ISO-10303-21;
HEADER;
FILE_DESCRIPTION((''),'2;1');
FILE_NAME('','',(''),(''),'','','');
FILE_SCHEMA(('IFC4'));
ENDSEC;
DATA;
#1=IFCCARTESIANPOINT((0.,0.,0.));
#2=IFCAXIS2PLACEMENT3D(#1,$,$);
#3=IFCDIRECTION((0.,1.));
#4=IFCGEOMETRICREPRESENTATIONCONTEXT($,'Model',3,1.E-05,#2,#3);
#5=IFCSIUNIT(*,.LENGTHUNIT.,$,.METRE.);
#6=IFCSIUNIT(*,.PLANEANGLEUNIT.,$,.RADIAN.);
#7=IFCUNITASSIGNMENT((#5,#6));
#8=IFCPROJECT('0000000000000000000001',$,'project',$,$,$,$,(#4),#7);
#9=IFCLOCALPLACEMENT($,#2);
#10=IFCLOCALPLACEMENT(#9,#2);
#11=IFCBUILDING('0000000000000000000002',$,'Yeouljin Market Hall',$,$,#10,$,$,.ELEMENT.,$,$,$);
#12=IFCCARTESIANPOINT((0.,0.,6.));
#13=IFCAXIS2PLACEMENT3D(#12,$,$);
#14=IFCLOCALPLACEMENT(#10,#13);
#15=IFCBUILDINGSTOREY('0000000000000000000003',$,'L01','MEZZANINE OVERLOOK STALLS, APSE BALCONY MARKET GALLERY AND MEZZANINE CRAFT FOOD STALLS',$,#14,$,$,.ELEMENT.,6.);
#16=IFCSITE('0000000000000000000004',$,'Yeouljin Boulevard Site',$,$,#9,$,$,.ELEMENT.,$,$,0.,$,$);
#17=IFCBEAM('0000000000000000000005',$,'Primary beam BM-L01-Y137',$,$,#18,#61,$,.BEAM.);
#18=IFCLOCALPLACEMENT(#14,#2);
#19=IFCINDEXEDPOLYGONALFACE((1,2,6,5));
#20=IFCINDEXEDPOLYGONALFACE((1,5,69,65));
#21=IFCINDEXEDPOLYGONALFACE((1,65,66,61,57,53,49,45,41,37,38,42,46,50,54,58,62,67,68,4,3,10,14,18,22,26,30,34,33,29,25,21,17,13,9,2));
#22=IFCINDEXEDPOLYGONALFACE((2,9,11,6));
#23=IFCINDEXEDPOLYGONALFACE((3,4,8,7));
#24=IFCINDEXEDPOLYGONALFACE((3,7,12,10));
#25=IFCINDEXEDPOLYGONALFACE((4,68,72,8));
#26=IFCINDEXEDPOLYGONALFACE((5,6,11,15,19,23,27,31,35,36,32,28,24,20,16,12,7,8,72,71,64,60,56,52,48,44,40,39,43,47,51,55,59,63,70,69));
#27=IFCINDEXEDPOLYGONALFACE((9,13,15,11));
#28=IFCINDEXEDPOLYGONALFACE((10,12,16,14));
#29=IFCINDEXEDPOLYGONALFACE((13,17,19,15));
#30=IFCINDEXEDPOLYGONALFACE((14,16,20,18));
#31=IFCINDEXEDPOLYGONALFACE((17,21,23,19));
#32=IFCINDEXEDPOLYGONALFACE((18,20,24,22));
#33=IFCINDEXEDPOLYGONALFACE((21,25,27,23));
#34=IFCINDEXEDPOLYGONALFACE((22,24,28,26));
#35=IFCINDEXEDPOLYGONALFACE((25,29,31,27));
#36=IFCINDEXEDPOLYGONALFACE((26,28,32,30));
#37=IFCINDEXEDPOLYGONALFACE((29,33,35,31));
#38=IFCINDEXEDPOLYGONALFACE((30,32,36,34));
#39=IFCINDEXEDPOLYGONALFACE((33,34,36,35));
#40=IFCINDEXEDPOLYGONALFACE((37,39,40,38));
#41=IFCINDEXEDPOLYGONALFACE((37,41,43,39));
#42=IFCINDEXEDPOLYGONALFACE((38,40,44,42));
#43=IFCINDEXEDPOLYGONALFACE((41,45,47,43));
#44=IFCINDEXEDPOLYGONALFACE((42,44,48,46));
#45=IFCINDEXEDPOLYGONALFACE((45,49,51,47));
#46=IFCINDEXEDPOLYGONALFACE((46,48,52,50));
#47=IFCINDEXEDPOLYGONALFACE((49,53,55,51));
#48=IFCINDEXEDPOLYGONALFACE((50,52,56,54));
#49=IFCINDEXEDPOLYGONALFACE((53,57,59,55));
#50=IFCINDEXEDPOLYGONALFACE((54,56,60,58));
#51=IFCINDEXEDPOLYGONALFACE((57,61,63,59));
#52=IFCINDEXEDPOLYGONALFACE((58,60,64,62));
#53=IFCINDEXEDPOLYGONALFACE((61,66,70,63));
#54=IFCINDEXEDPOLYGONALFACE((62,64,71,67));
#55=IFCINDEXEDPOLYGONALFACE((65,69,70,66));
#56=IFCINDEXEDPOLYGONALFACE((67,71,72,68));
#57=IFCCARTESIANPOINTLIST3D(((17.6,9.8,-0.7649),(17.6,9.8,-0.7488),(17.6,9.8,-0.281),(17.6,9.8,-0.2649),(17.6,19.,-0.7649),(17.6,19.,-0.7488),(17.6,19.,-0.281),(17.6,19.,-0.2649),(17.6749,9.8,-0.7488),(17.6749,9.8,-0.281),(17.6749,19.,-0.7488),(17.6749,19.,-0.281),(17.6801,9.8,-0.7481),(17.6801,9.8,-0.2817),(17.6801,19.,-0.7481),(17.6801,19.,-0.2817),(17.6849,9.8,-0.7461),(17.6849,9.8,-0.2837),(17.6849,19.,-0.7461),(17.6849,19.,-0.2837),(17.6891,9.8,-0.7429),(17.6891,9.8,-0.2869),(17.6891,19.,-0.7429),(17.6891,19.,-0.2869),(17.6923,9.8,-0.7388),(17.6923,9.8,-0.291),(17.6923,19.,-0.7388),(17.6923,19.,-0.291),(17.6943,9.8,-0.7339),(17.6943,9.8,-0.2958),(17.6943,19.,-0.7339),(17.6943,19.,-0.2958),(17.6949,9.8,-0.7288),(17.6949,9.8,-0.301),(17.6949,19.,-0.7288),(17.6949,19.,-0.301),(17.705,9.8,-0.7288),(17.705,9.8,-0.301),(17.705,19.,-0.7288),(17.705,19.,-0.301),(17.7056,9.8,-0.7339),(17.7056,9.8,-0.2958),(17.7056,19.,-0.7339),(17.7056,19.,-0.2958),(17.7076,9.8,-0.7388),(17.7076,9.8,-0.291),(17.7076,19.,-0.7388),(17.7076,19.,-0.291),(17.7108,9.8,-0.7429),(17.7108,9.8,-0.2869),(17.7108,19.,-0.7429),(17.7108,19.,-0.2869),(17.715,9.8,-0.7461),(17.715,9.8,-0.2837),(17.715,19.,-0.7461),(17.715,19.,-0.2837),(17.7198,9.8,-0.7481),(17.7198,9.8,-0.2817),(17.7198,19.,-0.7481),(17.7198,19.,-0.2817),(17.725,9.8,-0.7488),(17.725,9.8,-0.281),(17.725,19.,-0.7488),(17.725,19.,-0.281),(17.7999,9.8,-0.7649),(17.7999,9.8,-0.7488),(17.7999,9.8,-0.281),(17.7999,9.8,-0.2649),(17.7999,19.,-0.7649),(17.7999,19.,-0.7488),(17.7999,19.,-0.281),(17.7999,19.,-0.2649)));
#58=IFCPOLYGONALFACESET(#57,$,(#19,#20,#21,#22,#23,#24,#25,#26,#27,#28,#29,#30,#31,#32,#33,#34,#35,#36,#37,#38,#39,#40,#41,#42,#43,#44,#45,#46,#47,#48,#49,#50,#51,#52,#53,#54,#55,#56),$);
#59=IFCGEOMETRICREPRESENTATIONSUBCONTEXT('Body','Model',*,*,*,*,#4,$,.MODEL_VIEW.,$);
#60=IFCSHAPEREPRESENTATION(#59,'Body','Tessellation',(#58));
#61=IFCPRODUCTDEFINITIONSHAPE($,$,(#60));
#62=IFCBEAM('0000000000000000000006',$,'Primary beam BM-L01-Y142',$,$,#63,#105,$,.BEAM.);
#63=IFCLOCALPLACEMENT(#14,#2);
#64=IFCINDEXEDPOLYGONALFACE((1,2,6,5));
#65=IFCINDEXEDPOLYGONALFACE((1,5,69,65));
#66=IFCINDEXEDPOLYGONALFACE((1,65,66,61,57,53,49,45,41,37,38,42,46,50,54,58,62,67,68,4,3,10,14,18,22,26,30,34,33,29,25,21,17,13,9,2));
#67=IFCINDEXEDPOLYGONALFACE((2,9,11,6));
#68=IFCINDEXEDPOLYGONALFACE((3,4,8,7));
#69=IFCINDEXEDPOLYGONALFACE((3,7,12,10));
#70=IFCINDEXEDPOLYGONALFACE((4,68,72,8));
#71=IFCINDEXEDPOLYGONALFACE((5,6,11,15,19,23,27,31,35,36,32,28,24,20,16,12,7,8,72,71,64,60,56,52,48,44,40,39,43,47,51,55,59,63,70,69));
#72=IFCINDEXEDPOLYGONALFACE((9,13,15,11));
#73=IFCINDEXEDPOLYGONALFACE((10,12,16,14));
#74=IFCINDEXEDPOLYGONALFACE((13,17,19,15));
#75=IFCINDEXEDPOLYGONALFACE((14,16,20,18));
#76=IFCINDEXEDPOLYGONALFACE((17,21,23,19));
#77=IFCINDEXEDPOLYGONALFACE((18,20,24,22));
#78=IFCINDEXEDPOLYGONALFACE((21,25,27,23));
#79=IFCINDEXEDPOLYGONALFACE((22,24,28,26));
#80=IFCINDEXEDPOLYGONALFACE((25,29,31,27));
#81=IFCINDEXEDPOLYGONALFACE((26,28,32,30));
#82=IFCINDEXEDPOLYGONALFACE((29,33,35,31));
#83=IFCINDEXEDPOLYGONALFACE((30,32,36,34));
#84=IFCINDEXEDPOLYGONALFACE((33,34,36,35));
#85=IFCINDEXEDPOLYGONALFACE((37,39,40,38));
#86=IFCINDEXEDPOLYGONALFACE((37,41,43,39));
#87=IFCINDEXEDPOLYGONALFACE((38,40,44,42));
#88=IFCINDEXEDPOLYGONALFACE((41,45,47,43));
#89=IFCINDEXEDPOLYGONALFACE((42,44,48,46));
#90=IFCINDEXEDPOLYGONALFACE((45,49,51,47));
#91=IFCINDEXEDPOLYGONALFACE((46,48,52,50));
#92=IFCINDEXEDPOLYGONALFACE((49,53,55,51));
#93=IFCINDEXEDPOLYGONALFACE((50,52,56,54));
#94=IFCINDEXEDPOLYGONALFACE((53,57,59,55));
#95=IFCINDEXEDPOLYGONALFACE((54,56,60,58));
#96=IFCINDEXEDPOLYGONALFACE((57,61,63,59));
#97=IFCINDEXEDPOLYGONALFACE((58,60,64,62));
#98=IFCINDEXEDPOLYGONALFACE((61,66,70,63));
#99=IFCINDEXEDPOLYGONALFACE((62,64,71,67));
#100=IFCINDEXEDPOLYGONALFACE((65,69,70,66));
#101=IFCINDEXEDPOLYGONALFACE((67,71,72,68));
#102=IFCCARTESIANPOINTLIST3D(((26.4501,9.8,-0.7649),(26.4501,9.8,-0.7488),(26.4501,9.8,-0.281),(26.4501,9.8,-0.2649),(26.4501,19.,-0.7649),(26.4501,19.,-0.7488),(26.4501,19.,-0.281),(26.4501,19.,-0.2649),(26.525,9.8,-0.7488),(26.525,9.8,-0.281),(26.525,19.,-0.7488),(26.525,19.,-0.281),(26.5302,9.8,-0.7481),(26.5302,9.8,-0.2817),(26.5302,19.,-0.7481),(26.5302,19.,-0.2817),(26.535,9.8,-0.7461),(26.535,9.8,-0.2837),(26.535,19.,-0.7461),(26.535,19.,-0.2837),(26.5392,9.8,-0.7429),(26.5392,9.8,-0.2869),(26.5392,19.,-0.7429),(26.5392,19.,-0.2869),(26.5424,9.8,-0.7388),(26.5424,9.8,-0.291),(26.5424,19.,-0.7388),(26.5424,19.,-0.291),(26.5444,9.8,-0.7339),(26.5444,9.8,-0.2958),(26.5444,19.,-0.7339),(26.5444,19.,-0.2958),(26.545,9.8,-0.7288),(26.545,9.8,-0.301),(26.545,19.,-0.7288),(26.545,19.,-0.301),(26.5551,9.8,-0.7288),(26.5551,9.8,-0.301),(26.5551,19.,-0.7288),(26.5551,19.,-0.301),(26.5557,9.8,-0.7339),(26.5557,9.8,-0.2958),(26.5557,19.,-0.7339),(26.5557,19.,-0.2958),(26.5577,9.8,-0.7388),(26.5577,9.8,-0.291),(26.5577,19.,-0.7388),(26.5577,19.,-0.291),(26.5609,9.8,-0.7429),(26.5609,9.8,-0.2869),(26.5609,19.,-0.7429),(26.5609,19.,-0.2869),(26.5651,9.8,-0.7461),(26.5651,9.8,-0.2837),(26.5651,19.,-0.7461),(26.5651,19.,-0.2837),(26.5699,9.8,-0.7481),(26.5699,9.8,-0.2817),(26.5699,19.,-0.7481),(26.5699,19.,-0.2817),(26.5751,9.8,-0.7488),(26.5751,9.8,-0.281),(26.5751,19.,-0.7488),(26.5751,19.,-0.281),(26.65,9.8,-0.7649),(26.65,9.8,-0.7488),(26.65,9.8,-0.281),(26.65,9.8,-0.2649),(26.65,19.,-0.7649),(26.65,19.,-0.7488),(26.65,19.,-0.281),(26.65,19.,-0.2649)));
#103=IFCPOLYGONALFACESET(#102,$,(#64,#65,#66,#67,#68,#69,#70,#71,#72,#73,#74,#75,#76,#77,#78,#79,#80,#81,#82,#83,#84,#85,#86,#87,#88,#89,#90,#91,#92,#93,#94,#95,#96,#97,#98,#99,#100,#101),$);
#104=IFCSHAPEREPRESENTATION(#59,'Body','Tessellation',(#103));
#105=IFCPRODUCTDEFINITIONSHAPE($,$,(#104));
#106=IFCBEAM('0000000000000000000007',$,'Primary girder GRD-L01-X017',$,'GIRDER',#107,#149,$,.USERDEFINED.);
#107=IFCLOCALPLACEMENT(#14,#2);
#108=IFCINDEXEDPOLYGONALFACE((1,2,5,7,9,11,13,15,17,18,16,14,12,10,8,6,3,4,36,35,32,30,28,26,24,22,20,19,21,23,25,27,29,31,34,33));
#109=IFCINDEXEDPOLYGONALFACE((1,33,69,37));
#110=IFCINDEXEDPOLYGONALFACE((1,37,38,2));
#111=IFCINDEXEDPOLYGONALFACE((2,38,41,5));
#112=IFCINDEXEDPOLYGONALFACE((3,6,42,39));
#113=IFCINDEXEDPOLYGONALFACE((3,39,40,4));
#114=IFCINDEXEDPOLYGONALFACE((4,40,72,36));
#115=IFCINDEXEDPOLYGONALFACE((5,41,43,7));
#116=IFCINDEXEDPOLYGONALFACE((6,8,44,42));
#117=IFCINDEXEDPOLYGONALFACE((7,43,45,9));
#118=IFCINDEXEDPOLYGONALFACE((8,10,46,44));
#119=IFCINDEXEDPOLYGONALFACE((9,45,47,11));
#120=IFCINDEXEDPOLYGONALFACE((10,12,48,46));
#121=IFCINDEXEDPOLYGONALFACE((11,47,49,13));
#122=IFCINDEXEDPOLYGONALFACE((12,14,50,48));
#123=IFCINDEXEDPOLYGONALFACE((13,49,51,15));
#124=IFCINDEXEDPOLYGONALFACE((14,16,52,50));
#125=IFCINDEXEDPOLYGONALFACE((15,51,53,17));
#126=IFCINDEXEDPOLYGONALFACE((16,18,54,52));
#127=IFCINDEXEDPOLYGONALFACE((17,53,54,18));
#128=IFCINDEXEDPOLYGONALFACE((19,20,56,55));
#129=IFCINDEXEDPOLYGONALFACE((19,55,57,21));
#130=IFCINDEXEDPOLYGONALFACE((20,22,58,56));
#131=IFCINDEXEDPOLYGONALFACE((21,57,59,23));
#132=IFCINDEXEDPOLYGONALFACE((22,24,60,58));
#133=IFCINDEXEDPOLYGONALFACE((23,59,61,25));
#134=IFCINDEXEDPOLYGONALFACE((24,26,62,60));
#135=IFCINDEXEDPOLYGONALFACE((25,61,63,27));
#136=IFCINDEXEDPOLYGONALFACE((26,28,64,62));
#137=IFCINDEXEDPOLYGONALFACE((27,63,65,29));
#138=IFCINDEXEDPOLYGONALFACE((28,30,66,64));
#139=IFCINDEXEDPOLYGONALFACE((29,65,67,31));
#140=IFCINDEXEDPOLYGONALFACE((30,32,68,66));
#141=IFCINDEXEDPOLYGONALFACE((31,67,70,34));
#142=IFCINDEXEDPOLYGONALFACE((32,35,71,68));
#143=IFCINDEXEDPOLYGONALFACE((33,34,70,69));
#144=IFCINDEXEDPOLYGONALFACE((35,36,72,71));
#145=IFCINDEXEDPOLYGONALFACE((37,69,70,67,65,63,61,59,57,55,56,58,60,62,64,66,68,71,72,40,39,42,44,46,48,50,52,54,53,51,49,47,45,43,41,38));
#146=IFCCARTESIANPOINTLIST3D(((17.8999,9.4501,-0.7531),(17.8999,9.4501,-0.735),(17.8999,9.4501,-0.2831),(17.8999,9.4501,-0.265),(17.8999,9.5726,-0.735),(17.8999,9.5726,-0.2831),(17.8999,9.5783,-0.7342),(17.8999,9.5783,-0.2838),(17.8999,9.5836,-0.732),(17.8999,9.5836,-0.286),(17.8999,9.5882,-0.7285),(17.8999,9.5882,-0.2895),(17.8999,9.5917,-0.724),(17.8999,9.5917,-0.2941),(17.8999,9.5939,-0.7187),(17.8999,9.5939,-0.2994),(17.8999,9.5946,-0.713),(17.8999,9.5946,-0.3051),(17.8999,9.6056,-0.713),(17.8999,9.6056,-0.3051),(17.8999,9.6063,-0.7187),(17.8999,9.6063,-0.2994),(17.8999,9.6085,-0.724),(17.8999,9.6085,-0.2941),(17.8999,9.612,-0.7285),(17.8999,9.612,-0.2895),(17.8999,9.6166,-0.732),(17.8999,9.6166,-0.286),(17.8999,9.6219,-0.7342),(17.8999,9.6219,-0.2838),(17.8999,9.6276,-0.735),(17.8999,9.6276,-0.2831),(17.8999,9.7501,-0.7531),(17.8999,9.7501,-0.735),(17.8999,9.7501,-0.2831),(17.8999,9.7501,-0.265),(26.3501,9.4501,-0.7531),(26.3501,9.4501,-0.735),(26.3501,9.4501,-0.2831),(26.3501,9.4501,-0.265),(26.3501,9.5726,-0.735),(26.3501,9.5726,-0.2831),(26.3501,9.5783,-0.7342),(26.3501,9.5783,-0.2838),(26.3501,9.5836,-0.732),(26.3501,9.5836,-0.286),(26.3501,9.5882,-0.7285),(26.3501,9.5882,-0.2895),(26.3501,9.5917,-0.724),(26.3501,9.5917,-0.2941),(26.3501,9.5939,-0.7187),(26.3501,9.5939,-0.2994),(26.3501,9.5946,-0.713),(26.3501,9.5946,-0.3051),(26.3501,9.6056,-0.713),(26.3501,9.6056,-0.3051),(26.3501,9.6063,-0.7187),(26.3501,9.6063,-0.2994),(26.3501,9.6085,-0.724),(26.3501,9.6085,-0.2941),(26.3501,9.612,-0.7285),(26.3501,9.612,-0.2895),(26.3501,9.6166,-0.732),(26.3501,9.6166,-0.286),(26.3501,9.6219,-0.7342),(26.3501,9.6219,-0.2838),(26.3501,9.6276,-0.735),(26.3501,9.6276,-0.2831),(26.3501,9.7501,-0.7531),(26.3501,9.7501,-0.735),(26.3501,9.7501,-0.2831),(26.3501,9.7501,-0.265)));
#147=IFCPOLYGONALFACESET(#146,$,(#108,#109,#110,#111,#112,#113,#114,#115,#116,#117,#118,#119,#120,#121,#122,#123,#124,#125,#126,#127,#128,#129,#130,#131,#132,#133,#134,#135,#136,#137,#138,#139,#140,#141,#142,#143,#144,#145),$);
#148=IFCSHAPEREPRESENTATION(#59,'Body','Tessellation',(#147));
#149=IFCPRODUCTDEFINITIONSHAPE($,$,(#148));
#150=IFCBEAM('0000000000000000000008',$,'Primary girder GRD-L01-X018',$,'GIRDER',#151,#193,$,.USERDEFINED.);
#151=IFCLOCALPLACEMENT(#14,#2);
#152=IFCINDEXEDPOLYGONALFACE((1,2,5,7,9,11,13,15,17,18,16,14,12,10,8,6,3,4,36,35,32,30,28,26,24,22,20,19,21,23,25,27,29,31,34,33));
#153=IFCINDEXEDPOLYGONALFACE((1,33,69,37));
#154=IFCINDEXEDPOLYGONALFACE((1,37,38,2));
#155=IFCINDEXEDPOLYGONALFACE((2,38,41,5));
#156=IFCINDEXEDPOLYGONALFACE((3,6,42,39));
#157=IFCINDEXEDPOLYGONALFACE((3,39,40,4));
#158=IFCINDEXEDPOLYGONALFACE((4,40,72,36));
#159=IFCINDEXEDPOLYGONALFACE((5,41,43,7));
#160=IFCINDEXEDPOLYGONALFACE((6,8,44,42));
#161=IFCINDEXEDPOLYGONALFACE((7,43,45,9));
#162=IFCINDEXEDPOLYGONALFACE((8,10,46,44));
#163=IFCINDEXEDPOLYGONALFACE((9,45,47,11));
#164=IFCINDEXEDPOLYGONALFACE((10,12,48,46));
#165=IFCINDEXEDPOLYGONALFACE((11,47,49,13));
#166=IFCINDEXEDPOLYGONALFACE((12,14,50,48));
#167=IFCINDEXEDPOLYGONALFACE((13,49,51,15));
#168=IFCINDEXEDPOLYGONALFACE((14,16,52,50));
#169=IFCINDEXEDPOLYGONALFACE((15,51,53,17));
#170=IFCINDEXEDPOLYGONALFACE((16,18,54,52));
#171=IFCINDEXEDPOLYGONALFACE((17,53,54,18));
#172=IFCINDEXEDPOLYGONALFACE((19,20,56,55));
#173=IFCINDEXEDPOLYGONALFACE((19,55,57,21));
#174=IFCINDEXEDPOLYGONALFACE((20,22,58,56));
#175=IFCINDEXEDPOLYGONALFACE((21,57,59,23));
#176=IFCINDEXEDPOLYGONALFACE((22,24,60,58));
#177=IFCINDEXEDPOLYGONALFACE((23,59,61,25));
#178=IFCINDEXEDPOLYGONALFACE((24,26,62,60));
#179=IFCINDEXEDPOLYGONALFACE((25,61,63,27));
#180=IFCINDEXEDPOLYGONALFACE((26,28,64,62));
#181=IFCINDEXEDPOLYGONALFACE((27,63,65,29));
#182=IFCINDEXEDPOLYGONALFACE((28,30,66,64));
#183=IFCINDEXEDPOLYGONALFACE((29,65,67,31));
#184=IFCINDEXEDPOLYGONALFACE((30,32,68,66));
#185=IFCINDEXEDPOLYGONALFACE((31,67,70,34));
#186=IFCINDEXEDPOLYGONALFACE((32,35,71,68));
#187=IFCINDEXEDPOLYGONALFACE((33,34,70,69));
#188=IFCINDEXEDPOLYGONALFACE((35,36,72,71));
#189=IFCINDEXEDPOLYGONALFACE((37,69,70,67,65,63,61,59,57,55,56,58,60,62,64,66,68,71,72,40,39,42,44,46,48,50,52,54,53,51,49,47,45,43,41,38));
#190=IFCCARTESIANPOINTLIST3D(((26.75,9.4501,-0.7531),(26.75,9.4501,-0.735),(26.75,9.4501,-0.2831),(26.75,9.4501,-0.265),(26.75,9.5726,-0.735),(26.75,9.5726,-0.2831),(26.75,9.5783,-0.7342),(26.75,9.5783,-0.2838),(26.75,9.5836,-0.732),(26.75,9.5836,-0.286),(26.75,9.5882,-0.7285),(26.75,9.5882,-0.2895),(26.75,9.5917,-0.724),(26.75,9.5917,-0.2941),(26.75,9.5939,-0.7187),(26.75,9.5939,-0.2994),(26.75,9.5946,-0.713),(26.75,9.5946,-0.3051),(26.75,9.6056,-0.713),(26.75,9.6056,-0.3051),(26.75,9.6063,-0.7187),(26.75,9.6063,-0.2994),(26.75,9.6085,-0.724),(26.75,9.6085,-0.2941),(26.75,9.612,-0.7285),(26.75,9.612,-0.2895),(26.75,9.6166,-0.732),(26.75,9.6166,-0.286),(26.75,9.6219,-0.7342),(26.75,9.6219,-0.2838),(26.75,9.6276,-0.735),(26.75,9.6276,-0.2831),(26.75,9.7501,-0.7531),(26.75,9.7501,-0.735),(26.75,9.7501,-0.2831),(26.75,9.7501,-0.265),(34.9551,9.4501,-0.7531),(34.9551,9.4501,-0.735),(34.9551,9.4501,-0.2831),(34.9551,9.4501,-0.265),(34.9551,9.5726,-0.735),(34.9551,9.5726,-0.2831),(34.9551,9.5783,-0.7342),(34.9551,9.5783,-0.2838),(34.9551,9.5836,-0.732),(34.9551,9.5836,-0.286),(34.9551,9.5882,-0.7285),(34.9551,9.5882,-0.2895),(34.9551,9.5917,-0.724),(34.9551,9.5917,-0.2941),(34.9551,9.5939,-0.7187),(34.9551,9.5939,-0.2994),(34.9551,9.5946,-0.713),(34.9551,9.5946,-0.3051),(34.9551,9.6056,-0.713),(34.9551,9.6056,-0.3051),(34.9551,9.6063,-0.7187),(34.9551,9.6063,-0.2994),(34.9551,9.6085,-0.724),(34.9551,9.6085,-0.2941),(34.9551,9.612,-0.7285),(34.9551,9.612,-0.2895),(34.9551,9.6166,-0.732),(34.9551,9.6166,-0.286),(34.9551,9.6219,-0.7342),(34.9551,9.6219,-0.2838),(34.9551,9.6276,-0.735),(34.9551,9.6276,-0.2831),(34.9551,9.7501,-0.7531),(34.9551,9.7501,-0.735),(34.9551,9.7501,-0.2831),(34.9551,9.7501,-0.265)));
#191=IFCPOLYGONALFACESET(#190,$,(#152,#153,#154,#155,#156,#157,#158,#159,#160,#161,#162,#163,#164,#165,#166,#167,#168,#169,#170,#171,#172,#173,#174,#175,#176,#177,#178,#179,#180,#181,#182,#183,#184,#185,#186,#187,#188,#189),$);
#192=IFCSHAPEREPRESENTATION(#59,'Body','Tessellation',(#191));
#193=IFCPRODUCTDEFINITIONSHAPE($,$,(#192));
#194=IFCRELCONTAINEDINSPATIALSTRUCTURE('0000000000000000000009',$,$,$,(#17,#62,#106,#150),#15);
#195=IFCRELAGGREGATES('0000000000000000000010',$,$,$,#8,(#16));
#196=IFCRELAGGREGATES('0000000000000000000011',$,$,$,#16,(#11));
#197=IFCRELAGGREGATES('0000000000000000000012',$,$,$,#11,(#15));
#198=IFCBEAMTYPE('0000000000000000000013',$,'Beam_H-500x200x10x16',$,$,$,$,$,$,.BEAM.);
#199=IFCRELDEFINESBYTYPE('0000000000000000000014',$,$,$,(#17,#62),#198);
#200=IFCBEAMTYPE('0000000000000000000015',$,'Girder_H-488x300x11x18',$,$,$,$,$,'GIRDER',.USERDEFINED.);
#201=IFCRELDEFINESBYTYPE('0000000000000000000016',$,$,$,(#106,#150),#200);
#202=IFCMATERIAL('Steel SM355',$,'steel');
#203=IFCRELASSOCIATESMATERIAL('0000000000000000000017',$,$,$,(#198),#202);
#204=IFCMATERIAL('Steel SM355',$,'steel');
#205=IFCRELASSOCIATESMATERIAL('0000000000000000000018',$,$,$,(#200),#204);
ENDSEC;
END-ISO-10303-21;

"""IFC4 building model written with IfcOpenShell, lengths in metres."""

from ifc_helpers import new_model, si_unit, direction, frame, origin, origin_2d, place, context, subcontext, project, spatial, i_section, extrude, material, material_profile, profile_set, type_object, element, save


model = new_model("IFC4")

# Units and contexts
model_context = context("Model", 3, precision=1e-05, world=origin(), true_north=direction((0.0, 1.0)))
body_context = subcontext(model_context, "Body", "Model", "MODEL_VIEW")
ifc_project = project(units=[si_unit("LENGTHUNIT", "METRE"), si_unit("PLANEANGLEUNIT", "RADIAN")], contexts=[model_context])

# Site, building, storey
site_placement = place(None, origin())
site = spatial("IfcSite", under=ifc_project, at=site_placement, Name="Yeouljin Boulevard Site", CompositionType="ELEMENT", RefElevation=0.0)
building_placement = place(site_placement, origin())
building = spatial("IfcBuilding", under=site, at=building_placement, Name="Yeouljin Market Hall", CompositionType="ELEMENT")
storey_placement = place(building_placement, frame((0.0, 0.0, 6.0)))
storey = spatial("IfcBuildingStorey", under=building, at=storey_placement, Name="L01", Description="MEZZANINE OVERLOOK STALLS, APSE BALCONY MARKET GALLERY AND MEZZANINE CRAFT FOOD STALLS", CompositionType="ELEMENT", Elevation=6.0)

# Beams
ifc_material_1 = material(Name="Steel SM355", Category="steel")
ifc_material_profile_1 = material_profile(ifc_material_1, i_section(OverallWidth=0.2, OverallDepth=0.5, WebThickness=0.01, FlangeThickness=0.0161, FilletRadius=0.02, at=origin_2d()), Name="H-500x200x10x16")
ifc_profile_set_1 = profile_set([ifc_material_profile_1], Name="Steel SM355")
beam_type_1 = type_object("IfcBeamType", Name="Beam_H-500x200x10x16", PredefinedType="BEAM", material=ifc_profile_set_1)
for number, where, z_axis, x_axis, name in (
    (1, (17.7, 9.8, -0.5149), (0.0, 1.0, 0.0), (-1.0, 0.0, 0.0), "Primary beam BM-L01-Y137"),
    (2, (26.55, 9.8, -0.5149), (0.0, 1.0, 0.0), (-1.0, 0.0, 0.0), "Primary beam BM-L01-Y142"),
):
    element("IfcBeam", number, at=place(storey_placement, frame(where, z_axis=z_axis, x_axis=x_axis)), inside=storey, type_object=beam_type_1, Name=name, PredefinedType="BEAM", context=body_context, shape_type="SweptSolid", body=[
        extrude(i_section(OverallWidth=0.2, OverallDepth=0.5, WebThickness=0.01, FlangeThickness=0.0161, FilletRadius=0.02, at=origin_2d()), origin(), (0.0, 0.0, 1.0), 9.2),
    ])
ifc_material_2 = material(Name="Steel SM355", Category="steel")
ifc_material_profile_2 = material_profile(ifc_material_2, i_section(OverallWidth=0.3, OverallDepth=0.488, WebThickness=0.011, FlangeThickness=0.0181, FilletRadius=0.022, at=origin_2d()), Name="H-488x300x11x18")
ifc_profile_set_2 = profile_set([ifc_material_profile_2], Name="Steel SM355")
beam_type_2 = type_object("IfcBeamType", Name="Girder_H-488x300x11x18", ElementType="GIRDER", PredefinedType="USERDEFINED", material=ifc_profile_set_2)
beam_1_placement = place(storey_placement, frame((17.8999, 9.6001, -0.509), z_axis=(1.0, 0.0, 0.0), x_axis=(0.0, 1.0, 0.0)))
element("IfcBeam", 3, at=beam_1_placement, inside=storey, type_object=beam_type_2, Name="Primary girder GRD-L01-X017", ObjectType="GIRDER", PredefinedType="USERDEFINED", context=body_context, shape_type="SweptSolid", body=[
    extrude(i_section(OverallWidth=0.3, OverallDepth=0.488, WebThickness=0.011, FlangeThickness=0.0181, FilletRadius=0.022, at=origin_2d()), origin(), (0.0, 0.0, 1.0), 8.4502),
])
beam_2_placement = place(storey_placement, frame((26.75, 9.6001, -0.509), z_axis=(1.0, 0.0, 0.0), x_axis=(0.0, 1.0, 0.0)))
element("IfcBeam", 4, at=beam_2_placement, inside=storey, type_object=beam_type_2, Name="Primary girder GRD-L01-X018", ObjectType="GIRDER", PredefinedType="USERDEFINED", context=body_context, shape_type="SweptSolid", body=[
    extrude(i_section(OverallWidth=0.3, OverallDepth=0.488, WebThickness=0.011, FlangeThickness=0.0181, FilletRadius=0.022, at=origin_2d()), origin(), (0.0, 0.0, 1.0), 8.2051),
])

save(model, "model.ifc")
